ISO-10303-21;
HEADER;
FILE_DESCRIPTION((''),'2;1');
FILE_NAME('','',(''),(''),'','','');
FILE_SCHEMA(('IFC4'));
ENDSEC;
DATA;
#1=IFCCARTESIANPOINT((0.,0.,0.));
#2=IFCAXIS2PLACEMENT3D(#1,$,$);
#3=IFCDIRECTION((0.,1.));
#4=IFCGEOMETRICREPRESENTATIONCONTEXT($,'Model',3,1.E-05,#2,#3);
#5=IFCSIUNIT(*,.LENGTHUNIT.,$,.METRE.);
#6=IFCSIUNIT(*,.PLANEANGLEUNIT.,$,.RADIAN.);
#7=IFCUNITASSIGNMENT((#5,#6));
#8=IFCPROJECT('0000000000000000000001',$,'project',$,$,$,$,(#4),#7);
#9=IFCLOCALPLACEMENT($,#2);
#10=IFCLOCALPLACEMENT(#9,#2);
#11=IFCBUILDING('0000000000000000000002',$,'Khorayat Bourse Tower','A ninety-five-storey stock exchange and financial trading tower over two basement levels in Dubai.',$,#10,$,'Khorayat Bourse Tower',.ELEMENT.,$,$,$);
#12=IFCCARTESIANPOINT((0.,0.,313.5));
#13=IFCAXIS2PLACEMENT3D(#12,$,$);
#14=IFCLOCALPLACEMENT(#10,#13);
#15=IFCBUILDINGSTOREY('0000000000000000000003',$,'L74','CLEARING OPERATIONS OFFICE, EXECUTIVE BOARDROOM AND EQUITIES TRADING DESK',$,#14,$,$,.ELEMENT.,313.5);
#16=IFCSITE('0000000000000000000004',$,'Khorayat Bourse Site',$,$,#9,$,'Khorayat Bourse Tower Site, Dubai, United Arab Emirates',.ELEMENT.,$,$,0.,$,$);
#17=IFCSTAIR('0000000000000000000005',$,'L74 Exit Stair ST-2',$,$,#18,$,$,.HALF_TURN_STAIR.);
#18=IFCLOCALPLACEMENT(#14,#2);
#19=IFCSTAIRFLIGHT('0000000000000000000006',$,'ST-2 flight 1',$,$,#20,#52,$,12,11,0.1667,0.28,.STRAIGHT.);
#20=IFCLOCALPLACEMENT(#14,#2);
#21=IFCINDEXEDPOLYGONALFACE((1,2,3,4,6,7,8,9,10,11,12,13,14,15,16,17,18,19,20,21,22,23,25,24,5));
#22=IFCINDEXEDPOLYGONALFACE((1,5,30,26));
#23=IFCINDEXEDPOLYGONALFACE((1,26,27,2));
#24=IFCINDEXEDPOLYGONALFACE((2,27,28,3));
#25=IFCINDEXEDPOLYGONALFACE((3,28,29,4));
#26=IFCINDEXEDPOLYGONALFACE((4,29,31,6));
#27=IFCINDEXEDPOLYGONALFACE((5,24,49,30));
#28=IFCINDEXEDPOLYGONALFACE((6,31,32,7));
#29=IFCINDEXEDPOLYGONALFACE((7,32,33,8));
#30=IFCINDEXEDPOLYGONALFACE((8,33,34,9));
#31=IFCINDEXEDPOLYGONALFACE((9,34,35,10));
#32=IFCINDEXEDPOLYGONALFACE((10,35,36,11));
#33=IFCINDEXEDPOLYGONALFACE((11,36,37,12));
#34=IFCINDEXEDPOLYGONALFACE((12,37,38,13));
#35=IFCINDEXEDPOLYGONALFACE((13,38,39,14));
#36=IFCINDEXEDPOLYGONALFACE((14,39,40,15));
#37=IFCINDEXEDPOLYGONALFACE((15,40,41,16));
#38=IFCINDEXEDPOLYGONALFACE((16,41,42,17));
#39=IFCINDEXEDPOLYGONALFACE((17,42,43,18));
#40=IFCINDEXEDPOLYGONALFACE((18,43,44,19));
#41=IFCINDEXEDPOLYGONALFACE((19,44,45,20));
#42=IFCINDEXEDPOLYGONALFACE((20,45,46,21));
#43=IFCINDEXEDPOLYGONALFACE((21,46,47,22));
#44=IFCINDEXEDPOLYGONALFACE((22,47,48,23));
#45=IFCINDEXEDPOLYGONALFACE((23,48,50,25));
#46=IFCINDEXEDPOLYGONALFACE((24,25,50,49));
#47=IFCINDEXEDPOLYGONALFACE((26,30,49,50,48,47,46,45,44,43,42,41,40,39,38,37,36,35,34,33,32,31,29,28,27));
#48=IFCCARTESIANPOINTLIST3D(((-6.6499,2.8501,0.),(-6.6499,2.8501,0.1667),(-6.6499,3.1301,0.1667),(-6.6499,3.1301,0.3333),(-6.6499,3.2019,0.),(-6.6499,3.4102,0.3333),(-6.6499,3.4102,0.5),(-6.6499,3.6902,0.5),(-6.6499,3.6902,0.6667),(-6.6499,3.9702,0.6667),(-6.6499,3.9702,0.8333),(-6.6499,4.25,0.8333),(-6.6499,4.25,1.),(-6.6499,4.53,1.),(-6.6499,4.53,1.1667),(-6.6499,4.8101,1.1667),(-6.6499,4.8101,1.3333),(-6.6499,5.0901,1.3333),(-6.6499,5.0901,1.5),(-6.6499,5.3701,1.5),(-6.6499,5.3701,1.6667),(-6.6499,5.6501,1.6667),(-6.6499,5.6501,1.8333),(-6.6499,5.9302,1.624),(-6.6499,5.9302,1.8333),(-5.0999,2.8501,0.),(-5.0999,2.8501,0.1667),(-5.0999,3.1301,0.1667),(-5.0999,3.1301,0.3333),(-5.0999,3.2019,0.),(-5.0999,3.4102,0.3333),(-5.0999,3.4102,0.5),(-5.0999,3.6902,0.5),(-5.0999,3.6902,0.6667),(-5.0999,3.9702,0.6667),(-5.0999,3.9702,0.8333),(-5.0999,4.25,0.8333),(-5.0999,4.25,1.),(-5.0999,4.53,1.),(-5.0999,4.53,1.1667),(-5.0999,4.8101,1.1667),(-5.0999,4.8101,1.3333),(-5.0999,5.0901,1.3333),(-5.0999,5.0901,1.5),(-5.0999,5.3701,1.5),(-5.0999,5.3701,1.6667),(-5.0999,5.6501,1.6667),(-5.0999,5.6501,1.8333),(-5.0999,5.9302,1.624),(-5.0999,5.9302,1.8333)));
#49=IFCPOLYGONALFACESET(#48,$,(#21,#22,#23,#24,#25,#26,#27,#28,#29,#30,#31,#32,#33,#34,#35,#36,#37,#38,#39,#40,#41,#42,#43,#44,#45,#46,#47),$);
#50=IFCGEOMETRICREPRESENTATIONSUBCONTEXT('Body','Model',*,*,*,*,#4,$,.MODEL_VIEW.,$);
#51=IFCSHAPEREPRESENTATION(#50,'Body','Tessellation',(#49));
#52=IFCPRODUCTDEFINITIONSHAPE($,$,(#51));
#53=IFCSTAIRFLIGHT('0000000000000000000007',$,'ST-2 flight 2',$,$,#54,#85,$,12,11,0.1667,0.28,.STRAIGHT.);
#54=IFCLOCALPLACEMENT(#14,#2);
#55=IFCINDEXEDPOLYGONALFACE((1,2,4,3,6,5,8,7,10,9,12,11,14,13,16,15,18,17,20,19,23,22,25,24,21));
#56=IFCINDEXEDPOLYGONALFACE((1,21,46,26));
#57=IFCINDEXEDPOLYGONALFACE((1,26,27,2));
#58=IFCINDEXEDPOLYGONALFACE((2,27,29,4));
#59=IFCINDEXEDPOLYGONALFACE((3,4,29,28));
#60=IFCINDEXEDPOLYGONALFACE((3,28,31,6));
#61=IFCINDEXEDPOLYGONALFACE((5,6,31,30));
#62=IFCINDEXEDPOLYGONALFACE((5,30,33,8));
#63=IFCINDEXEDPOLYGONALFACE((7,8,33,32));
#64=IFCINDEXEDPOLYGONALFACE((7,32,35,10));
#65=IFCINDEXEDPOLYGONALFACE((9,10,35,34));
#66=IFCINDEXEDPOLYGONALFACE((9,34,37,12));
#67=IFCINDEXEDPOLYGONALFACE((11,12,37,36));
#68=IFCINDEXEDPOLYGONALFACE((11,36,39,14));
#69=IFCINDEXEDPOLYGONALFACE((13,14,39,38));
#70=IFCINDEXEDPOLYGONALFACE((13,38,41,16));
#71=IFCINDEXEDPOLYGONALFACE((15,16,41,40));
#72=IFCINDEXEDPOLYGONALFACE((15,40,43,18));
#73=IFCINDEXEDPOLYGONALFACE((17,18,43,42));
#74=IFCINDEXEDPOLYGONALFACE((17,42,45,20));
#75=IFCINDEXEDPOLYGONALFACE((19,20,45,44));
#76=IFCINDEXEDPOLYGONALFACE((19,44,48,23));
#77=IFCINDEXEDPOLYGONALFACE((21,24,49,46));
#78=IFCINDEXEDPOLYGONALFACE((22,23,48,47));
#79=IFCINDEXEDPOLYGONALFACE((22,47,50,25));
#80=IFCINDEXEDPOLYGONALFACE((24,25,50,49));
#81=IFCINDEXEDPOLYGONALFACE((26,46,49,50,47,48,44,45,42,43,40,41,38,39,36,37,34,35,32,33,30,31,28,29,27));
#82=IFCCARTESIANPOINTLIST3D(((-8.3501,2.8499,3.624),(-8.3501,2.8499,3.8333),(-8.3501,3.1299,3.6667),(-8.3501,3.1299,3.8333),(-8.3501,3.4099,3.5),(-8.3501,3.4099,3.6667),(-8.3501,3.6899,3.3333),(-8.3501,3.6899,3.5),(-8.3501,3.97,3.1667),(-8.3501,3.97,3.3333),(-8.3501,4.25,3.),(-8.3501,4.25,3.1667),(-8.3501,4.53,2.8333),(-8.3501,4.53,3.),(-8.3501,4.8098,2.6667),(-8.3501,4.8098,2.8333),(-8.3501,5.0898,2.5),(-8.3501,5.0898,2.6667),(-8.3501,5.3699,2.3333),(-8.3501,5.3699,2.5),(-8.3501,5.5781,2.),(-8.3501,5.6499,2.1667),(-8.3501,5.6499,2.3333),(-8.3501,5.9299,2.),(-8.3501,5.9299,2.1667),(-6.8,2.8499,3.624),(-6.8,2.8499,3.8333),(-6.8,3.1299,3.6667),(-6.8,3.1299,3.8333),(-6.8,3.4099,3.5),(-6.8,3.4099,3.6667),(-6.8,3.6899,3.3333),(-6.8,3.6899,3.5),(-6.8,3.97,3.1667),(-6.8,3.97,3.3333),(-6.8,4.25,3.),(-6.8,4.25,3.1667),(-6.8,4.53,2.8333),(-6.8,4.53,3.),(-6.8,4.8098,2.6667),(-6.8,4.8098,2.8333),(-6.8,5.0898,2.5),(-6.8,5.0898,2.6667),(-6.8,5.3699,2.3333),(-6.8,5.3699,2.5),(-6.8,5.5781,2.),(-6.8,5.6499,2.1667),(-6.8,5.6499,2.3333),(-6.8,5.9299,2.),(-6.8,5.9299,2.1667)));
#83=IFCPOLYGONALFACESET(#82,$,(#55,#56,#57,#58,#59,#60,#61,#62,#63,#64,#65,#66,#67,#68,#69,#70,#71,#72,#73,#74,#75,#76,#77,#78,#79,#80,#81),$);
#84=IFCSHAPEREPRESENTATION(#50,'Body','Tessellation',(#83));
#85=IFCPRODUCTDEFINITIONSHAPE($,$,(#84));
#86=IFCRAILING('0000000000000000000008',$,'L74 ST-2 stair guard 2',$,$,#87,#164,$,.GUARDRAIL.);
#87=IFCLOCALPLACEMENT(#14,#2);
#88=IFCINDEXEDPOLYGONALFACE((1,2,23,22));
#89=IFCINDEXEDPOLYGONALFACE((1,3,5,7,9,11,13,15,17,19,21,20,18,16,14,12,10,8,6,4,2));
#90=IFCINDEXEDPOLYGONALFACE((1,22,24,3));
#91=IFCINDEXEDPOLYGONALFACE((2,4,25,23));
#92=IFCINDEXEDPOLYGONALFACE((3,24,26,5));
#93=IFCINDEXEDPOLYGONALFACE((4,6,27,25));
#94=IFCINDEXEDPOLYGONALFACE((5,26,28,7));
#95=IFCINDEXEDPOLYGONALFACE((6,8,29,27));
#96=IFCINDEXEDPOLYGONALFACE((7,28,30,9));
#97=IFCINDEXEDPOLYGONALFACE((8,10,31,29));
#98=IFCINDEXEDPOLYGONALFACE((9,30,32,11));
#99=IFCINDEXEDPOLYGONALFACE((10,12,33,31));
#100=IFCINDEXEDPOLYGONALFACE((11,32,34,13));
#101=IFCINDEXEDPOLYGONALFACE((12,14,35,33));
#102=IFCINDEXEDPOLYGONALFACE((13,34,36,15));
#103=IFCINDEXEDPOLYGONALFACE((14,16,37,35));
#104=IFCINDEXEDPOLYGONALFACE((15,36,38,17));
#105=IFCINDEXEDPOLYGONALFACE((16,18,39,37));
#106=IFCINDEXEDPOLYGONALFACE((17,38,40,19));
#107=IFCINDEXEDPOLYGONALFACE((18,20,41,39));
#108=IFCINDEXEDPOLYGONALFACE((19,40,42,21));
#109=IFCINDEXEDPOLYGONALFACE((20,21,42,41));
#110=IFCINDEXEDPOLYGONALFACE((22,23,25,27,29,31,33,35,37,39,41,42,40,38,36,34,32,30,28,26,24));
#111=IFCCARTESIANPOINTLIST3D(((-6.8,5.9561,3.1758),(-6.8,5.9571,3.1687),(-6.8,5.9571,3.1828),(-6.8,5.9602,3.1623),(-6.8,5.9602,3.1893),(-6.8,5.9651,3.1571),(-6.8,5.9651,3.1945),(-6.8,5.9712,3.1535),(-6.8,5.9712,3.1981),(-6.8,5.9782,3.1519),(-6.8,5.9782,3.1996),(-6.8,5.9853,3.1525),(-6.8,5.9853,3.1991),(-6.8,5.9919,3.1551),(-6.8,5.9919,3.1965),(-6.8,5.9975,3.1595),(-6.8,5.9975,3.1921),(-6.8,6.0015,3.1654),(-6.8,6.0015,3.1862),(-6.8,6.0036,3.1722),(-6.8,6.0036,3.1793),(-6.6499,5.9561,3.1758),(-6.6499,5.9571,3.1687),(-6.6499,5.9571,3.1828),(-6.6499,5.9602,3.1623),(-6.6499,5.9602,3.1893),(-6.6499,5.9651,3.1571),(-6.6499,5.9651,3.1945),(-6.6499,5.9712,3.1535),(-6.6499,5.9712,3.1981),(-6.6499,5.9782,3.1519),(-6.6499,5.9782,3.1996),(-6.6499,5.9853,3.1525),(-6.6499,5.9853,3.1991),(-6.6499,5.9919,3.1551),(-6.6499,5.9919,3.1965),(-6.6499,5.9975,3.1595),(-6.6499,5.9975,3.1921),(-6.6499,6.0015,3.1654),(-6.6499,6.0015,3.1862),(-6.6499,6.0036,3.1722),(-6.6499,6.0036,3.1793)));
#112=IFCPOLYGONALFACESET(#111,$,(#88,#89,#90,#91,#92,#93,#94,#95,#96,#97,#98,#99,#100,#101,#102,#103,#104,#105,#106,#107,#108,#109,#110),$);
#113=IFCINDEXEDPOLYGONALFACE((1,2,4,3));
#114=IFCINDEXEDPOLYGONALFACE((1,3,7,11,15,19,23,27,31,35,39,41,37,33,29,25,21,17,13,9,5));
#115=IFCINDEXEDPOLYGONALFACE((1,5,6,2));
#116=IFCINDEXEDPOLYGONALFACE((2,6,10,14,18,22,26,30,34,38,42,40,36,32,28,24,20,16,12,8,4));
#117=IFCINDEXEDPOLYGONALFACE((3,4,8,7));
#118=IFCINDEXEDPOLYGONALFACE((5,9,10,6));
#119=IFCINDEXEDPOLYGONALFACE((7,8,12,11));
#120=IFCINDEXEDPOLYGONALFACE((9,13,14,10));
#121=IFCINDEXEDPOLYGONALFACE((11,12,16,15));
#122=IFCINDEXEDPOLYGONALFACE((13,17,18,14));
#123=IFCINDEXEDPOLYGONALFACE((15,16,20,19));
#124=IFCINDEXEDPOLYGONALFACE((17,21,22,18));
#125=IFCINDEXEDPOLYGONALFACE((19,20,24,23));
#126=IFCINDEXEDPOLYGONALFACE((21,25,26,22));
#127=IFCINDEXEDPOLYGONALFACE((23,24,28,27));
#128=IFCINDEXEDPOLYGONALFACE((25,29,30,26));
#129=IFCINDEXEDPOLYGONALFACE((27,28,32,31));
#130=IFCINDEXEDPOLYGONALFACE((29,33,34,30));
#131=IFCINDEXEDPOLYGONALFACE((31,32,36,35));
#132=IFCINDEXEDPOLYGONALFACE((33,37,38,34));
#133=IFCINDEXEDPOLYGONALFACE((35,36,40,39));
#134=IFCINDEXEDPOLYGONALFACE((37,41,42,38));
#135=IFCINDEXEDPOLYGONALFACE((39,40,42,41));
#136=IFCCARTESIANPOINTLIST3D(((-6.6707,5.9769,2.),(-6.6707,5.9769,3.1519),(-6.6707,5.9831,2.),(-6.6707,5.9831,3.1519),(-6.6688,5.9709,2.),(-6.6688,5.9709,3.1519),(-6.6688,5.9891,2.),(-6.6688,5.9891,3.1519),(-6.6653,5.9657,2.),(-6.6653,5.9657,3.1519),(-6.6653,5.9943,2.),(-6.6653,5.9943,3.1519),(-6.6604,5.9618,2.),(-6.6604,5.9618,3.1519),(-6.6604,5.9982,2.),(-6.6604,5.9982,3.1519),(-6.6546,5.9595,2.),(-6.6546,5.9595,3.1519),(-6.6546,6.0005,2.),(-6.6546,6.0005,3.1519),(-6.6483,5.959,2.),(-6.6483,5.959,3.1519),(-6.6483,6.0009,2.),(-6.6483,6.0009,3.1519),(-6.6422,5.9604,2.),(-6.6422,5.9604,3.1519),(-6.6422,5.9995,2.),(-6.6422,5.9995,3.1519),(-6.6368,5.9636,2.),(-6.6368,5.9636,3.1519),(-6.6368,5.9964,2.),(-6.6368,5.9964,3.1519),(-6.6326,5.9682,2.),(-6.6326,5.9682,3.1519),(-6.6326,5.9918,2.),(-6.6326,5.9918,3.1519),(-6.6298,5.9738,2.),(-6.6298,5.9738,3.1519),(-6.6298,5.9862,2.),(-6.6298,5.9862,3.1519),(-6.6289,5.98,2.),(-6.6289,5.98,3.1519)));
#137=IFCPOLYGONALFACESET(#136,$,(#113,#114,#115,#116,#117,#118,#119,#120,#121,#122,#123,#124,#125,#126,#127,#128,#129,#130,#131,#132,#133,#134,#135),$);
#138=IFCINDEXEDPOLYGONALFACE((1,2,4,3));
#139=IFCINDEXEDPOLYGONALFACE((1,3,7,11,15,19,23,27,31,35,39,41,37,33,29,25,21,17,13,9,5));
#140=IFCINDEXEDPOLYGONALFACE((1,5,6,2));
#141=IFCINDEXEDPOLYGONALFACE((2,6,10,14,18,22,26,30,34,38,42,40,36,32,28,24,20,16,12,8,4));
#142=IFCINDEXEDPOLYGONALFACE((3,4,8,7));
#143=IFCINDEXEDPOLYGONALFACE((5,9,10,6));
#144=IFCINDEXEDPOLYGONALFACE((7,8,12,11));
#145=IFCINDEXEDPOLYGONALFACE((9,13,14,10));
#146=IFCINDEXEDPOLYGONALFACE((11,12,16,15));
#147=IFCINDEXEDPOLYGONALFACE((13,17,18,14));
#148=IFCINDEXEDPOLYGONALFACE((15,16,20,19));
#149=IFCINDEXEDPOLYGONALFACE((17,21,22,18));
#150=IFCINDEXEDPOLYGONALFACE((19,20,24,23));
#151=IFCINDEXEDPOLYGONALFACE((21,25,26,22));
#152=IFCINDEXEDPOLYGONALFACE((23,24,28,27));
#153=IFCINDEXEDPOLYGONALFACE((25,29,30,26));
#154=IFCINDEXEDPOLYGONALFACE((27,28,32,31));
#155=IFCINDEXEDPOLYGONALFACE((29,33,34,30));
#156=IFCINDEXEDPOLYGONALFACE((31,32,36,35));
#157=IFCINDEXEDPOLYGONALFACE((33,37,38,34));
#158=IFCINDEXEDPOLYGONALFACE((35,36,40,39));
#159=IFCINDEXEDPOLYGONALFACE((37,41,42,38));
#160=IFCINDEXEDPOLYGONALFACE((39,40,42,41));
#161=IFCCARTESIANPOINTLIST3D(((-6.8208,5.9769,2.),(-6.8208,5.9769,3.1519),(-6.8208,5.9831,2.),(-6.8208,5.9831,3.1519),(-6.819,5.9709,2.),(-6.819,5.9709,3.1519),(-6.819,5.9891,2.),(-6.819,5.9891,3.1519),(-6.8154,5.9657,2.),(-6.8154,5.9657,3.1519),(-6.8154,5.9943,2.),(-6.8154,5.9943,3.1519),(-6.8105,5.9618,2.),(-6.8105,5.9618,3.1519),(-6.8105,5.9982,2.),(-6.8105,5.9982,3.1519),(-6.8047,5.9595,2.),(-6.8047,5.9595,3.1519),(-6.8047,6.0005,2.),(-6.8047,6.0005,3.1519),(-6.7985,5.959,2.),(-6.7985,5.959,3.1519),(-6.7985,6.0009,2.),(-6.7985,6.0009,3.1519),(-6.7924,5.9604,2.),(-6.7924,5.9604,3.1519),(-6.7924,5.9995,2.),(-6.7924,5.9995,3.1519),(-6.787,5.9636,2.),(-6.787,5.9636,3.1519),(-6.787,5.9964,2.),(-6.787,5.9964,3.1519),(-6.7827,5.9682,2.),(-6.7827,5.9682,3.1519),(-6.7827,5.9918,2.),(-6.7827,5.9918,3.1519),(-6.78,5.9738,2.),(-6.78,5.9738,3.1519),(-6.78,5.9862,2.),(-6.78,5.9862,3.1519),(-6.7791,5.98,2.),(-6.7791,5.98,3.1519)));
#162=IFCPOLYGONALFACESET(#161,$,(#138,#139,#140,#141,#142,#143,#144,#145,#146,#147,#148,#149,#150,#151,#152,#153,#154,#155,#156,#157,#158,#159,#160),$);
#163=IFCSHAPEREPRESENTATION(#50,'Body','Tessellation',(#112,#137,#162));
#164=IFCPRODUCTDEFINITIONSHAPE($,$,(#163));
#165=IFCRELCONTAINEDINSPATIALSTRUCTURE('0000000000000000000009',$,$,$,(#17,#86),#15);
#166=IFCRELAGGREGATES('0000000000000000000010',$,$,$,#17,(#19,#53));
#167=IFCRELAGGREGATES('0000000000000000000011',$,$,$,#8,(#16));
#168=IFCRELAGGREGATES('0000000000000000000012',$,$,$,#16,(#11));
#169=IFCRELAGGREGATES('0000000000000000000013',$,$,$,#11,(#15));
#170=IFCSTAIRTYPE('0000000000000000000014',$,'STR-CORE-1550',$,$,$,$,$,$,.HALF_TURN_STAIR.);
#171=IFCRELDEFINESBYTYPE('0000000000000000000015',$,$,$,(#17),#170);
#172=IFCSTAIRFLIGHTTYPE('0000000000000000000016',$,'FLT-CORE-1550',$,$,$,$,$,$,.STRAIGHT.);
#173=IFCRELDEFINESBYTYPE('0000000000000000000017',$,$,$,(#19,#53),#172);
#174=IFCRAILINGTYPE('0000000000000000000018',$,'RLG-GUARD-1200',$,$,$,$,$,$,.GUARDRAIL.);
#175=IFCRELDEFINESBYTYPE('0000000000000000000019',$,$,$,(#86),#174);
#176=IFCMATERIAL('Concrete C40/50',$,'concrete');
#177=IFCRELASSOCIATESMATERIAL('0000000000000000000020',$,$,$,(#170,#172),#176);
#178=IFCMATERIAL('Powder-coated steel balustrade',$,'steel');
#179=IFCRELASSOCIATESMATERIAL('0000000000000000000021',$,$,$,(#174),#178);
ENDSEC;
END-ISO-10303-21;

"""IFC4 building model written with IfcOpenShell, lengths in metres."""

from ifc_helpers import new_model, si_unit, direction, frame, origin, origin_2d, place, context, subcontext, project, spatial, polyline, circle, outline, extrude, source, transform, mapped, material, type_object, element, aggregate, save


model = new_model("IFC4")

# Units and contexts
model_context = context("Model", 3, precision=1e-05, world=origin(), true_north=direction((0.0, 1.0)))
body_context = subcontext(model_context, "Body", "Model", "MODEL_VIEW")
ifc_project = project(units=[si_unit("LENGTHUNIT", "METRE"), si_unit("PLANEANGLEUNIT", "RADIAN")], contexts=[model_context])

# Site, building, storey
site_placement = place(None, origin())
site = spatial("IfcSite", under=ifc_project, at=site_placement, Name="Khorayat Bourse Site", LongName="Khorayat Bourse Tower Site, Dubai, United Arab Emirates", CompositionType="ELEMENT", RefElevation=0.0)
building_placement = place(site_placement, origin())
building = spatial("IfcBuilding", under=site, at=building_placement, Name="Khorayat Bourse Tower", Description="A ninety-five-storey stock exchange and financial trading tower over two basement levels in Dubai.", LongName="Khorayat Bourse Tower", CompositionType="ELEMENT")
storey_placement = place(building_placement, frame((0.0, 0.0, 313.5)))
storey = spatial("IfcBuildingStorey", under=building, at=storey_placement, Name="L74", Description="CLEARING OPERATIONS OFFICE, EXECUTIVE BOARDROOM AND EQUITIES TRADING DESK", CompositionType="ELEMENT", Elevation=313.5)

# Stair, stair flights
ifc_material_1 = material(Name="Concrete C40/50", Category="concrete")
stair_type = type_object("IfcStairType", Name="STR-CORE-1550", PredefinedType="HALF_TURN_STAIR", material=ifc_material_1)
stair_placement = place(storey_placement, origin())
stair = element("IfcStair", 1, at=stair_placement, inside=storey, type_object=stair_type, Name="L74 Exit Stair ST-2", PredefinedType="HALF_TURN_STAIR")
stair_flight_type = type_object("IfcStairFlightType", Name="FLT-CORE-1550", PredefinedType="STRAIGHT", material=ifc_material_1)
shared_shape_1 = source(origin(), body_context, "Body", "SweptSolid", [
    extrude(outline(polyline([(0.0, 0.0), (0.0, 0.1667), (0.28, 0.1667), (0.28, 0.3333), (0.5601, 0.3333), (0.5601, 0.5), (0.8401, 0.5), (0.8401, 0.6667), (1.1201, 0.6667), (1.1201, 0.8333), (1.3999, 0.8333), (1.3999, 1.0), (1.6799, 1.0), (1.6799, 1.1667), (1.96, 1.1667), (1.96, 1.3333), (2.24, 1.3333), (2.24, 1.5), (2.52, 1.5), (2.52, 1.6667), (2.8, 1.6667), (2.8, 1.8333), (3.0801, 1.8333), (3.0801, 2.0), (3.0801, 1.624), (0.3518, 0.0), (0.0, 0.0)])), frame((0.0, 0.7749, 0.0), z_axis=(0.0, -1.0, 0.0), x_axis=(1.0, 0.0, 0.0)), (0.0, 0.0, 1.0), 1.55),
])
stair_flight_1_placement = place(storey_placement, frame((-5.875, 2.8501, 0.0), z_axis=(0.0, 0.0, 1.0), x_axis=(0.0, 1.0, 0.0)))
stair_flight_1 = element("IfcStairFlight", 2, at=stair_flight_1_placement, type_object=stair_flight_type, Name="ST-2 flight 1", NumberOfRisers=12, NumberOfTreads=11, PredefinedType="STRAIGHT", RiserHeight=0.1667, TreadLength=0.28, context=body_context, shape_type="MappedRepresentation", body=[
    mapped(shared_shape_1, transform((0.0, 0.0, 0.0), scale=1.0)),
])
stair_flight_2_placement = place(storey_placement, frame((-7.575, 5.9299, 2.0), z_axis=(0.0, 0.0, 1.0), x_axis=(0.0, -1.0, 0.0)))
stair_flight_2 = element("IfcStairFlight", 3, at=stair_flight_2_placement, type_object=stair_flight_type, Name="ST-2 flight 2", NumberOfRisers=12, NumberOfTreads=11, PredefinedType="STRAIGHT", RiserHeight=0.1667, TreadLength=0.28, context=body_context, shape_type="MappedRepresentation", body=[
    mapped(shared_shape_1, transform((0.0, 0.0, 0.0), scale=1.0)),
])
aggregate(stair, [stair_flight_1, stair_flight_2])

# Railing
ifc_material_2 = material(Name="Powder-coated steel balustrade", Category="steel")
railing_type_1 = type_object("IfcRailingType", Name="RLG-GUARD-1200", PredefinedType="GUARDRAIL", material=ifc_material_2)
shared_shape_2 = source(origin(), body_context, "Body", "SweptSolid", [
    extrude(circle(Radius=0.0239, at=origin_2d()), frame((0.0, 0.0, 1.1758), z_axis=(-1.0, 0.0, 0.0), x_axis=(0.0, -1.0, 0.0)), (0.0, 0.0, 1.0), 0.1501),
    extrude(circle(Radius=0.021, at=origin_2d()), origin(), (0.0, 0.0, 1.0), 1.1519),
    extrude(circle(Radius=0.021, at=origin_2d()), frame((-0.1501, 0.0, 0.0)), (0.0, 0.0, 1.0), 1.1519),
])
for number, where, name in (
    (4, (-6.6499, 5.98, 2.0), "L74 ST-2 stair guard 2"),
):
    element("IfcRailing", number, at=place(storey_placement, frame(where)), inside=storey, type_object=railing_type_1, Name=name, PredefinedType="GUARDRAIL", context=body_context, shape_type="MappedRepresentation", body=[
        mapped(shared_shape_2, transform((0.0, 0.0, 0.0), scale=1.0)),
    ])

save(model, "model.ifc")
